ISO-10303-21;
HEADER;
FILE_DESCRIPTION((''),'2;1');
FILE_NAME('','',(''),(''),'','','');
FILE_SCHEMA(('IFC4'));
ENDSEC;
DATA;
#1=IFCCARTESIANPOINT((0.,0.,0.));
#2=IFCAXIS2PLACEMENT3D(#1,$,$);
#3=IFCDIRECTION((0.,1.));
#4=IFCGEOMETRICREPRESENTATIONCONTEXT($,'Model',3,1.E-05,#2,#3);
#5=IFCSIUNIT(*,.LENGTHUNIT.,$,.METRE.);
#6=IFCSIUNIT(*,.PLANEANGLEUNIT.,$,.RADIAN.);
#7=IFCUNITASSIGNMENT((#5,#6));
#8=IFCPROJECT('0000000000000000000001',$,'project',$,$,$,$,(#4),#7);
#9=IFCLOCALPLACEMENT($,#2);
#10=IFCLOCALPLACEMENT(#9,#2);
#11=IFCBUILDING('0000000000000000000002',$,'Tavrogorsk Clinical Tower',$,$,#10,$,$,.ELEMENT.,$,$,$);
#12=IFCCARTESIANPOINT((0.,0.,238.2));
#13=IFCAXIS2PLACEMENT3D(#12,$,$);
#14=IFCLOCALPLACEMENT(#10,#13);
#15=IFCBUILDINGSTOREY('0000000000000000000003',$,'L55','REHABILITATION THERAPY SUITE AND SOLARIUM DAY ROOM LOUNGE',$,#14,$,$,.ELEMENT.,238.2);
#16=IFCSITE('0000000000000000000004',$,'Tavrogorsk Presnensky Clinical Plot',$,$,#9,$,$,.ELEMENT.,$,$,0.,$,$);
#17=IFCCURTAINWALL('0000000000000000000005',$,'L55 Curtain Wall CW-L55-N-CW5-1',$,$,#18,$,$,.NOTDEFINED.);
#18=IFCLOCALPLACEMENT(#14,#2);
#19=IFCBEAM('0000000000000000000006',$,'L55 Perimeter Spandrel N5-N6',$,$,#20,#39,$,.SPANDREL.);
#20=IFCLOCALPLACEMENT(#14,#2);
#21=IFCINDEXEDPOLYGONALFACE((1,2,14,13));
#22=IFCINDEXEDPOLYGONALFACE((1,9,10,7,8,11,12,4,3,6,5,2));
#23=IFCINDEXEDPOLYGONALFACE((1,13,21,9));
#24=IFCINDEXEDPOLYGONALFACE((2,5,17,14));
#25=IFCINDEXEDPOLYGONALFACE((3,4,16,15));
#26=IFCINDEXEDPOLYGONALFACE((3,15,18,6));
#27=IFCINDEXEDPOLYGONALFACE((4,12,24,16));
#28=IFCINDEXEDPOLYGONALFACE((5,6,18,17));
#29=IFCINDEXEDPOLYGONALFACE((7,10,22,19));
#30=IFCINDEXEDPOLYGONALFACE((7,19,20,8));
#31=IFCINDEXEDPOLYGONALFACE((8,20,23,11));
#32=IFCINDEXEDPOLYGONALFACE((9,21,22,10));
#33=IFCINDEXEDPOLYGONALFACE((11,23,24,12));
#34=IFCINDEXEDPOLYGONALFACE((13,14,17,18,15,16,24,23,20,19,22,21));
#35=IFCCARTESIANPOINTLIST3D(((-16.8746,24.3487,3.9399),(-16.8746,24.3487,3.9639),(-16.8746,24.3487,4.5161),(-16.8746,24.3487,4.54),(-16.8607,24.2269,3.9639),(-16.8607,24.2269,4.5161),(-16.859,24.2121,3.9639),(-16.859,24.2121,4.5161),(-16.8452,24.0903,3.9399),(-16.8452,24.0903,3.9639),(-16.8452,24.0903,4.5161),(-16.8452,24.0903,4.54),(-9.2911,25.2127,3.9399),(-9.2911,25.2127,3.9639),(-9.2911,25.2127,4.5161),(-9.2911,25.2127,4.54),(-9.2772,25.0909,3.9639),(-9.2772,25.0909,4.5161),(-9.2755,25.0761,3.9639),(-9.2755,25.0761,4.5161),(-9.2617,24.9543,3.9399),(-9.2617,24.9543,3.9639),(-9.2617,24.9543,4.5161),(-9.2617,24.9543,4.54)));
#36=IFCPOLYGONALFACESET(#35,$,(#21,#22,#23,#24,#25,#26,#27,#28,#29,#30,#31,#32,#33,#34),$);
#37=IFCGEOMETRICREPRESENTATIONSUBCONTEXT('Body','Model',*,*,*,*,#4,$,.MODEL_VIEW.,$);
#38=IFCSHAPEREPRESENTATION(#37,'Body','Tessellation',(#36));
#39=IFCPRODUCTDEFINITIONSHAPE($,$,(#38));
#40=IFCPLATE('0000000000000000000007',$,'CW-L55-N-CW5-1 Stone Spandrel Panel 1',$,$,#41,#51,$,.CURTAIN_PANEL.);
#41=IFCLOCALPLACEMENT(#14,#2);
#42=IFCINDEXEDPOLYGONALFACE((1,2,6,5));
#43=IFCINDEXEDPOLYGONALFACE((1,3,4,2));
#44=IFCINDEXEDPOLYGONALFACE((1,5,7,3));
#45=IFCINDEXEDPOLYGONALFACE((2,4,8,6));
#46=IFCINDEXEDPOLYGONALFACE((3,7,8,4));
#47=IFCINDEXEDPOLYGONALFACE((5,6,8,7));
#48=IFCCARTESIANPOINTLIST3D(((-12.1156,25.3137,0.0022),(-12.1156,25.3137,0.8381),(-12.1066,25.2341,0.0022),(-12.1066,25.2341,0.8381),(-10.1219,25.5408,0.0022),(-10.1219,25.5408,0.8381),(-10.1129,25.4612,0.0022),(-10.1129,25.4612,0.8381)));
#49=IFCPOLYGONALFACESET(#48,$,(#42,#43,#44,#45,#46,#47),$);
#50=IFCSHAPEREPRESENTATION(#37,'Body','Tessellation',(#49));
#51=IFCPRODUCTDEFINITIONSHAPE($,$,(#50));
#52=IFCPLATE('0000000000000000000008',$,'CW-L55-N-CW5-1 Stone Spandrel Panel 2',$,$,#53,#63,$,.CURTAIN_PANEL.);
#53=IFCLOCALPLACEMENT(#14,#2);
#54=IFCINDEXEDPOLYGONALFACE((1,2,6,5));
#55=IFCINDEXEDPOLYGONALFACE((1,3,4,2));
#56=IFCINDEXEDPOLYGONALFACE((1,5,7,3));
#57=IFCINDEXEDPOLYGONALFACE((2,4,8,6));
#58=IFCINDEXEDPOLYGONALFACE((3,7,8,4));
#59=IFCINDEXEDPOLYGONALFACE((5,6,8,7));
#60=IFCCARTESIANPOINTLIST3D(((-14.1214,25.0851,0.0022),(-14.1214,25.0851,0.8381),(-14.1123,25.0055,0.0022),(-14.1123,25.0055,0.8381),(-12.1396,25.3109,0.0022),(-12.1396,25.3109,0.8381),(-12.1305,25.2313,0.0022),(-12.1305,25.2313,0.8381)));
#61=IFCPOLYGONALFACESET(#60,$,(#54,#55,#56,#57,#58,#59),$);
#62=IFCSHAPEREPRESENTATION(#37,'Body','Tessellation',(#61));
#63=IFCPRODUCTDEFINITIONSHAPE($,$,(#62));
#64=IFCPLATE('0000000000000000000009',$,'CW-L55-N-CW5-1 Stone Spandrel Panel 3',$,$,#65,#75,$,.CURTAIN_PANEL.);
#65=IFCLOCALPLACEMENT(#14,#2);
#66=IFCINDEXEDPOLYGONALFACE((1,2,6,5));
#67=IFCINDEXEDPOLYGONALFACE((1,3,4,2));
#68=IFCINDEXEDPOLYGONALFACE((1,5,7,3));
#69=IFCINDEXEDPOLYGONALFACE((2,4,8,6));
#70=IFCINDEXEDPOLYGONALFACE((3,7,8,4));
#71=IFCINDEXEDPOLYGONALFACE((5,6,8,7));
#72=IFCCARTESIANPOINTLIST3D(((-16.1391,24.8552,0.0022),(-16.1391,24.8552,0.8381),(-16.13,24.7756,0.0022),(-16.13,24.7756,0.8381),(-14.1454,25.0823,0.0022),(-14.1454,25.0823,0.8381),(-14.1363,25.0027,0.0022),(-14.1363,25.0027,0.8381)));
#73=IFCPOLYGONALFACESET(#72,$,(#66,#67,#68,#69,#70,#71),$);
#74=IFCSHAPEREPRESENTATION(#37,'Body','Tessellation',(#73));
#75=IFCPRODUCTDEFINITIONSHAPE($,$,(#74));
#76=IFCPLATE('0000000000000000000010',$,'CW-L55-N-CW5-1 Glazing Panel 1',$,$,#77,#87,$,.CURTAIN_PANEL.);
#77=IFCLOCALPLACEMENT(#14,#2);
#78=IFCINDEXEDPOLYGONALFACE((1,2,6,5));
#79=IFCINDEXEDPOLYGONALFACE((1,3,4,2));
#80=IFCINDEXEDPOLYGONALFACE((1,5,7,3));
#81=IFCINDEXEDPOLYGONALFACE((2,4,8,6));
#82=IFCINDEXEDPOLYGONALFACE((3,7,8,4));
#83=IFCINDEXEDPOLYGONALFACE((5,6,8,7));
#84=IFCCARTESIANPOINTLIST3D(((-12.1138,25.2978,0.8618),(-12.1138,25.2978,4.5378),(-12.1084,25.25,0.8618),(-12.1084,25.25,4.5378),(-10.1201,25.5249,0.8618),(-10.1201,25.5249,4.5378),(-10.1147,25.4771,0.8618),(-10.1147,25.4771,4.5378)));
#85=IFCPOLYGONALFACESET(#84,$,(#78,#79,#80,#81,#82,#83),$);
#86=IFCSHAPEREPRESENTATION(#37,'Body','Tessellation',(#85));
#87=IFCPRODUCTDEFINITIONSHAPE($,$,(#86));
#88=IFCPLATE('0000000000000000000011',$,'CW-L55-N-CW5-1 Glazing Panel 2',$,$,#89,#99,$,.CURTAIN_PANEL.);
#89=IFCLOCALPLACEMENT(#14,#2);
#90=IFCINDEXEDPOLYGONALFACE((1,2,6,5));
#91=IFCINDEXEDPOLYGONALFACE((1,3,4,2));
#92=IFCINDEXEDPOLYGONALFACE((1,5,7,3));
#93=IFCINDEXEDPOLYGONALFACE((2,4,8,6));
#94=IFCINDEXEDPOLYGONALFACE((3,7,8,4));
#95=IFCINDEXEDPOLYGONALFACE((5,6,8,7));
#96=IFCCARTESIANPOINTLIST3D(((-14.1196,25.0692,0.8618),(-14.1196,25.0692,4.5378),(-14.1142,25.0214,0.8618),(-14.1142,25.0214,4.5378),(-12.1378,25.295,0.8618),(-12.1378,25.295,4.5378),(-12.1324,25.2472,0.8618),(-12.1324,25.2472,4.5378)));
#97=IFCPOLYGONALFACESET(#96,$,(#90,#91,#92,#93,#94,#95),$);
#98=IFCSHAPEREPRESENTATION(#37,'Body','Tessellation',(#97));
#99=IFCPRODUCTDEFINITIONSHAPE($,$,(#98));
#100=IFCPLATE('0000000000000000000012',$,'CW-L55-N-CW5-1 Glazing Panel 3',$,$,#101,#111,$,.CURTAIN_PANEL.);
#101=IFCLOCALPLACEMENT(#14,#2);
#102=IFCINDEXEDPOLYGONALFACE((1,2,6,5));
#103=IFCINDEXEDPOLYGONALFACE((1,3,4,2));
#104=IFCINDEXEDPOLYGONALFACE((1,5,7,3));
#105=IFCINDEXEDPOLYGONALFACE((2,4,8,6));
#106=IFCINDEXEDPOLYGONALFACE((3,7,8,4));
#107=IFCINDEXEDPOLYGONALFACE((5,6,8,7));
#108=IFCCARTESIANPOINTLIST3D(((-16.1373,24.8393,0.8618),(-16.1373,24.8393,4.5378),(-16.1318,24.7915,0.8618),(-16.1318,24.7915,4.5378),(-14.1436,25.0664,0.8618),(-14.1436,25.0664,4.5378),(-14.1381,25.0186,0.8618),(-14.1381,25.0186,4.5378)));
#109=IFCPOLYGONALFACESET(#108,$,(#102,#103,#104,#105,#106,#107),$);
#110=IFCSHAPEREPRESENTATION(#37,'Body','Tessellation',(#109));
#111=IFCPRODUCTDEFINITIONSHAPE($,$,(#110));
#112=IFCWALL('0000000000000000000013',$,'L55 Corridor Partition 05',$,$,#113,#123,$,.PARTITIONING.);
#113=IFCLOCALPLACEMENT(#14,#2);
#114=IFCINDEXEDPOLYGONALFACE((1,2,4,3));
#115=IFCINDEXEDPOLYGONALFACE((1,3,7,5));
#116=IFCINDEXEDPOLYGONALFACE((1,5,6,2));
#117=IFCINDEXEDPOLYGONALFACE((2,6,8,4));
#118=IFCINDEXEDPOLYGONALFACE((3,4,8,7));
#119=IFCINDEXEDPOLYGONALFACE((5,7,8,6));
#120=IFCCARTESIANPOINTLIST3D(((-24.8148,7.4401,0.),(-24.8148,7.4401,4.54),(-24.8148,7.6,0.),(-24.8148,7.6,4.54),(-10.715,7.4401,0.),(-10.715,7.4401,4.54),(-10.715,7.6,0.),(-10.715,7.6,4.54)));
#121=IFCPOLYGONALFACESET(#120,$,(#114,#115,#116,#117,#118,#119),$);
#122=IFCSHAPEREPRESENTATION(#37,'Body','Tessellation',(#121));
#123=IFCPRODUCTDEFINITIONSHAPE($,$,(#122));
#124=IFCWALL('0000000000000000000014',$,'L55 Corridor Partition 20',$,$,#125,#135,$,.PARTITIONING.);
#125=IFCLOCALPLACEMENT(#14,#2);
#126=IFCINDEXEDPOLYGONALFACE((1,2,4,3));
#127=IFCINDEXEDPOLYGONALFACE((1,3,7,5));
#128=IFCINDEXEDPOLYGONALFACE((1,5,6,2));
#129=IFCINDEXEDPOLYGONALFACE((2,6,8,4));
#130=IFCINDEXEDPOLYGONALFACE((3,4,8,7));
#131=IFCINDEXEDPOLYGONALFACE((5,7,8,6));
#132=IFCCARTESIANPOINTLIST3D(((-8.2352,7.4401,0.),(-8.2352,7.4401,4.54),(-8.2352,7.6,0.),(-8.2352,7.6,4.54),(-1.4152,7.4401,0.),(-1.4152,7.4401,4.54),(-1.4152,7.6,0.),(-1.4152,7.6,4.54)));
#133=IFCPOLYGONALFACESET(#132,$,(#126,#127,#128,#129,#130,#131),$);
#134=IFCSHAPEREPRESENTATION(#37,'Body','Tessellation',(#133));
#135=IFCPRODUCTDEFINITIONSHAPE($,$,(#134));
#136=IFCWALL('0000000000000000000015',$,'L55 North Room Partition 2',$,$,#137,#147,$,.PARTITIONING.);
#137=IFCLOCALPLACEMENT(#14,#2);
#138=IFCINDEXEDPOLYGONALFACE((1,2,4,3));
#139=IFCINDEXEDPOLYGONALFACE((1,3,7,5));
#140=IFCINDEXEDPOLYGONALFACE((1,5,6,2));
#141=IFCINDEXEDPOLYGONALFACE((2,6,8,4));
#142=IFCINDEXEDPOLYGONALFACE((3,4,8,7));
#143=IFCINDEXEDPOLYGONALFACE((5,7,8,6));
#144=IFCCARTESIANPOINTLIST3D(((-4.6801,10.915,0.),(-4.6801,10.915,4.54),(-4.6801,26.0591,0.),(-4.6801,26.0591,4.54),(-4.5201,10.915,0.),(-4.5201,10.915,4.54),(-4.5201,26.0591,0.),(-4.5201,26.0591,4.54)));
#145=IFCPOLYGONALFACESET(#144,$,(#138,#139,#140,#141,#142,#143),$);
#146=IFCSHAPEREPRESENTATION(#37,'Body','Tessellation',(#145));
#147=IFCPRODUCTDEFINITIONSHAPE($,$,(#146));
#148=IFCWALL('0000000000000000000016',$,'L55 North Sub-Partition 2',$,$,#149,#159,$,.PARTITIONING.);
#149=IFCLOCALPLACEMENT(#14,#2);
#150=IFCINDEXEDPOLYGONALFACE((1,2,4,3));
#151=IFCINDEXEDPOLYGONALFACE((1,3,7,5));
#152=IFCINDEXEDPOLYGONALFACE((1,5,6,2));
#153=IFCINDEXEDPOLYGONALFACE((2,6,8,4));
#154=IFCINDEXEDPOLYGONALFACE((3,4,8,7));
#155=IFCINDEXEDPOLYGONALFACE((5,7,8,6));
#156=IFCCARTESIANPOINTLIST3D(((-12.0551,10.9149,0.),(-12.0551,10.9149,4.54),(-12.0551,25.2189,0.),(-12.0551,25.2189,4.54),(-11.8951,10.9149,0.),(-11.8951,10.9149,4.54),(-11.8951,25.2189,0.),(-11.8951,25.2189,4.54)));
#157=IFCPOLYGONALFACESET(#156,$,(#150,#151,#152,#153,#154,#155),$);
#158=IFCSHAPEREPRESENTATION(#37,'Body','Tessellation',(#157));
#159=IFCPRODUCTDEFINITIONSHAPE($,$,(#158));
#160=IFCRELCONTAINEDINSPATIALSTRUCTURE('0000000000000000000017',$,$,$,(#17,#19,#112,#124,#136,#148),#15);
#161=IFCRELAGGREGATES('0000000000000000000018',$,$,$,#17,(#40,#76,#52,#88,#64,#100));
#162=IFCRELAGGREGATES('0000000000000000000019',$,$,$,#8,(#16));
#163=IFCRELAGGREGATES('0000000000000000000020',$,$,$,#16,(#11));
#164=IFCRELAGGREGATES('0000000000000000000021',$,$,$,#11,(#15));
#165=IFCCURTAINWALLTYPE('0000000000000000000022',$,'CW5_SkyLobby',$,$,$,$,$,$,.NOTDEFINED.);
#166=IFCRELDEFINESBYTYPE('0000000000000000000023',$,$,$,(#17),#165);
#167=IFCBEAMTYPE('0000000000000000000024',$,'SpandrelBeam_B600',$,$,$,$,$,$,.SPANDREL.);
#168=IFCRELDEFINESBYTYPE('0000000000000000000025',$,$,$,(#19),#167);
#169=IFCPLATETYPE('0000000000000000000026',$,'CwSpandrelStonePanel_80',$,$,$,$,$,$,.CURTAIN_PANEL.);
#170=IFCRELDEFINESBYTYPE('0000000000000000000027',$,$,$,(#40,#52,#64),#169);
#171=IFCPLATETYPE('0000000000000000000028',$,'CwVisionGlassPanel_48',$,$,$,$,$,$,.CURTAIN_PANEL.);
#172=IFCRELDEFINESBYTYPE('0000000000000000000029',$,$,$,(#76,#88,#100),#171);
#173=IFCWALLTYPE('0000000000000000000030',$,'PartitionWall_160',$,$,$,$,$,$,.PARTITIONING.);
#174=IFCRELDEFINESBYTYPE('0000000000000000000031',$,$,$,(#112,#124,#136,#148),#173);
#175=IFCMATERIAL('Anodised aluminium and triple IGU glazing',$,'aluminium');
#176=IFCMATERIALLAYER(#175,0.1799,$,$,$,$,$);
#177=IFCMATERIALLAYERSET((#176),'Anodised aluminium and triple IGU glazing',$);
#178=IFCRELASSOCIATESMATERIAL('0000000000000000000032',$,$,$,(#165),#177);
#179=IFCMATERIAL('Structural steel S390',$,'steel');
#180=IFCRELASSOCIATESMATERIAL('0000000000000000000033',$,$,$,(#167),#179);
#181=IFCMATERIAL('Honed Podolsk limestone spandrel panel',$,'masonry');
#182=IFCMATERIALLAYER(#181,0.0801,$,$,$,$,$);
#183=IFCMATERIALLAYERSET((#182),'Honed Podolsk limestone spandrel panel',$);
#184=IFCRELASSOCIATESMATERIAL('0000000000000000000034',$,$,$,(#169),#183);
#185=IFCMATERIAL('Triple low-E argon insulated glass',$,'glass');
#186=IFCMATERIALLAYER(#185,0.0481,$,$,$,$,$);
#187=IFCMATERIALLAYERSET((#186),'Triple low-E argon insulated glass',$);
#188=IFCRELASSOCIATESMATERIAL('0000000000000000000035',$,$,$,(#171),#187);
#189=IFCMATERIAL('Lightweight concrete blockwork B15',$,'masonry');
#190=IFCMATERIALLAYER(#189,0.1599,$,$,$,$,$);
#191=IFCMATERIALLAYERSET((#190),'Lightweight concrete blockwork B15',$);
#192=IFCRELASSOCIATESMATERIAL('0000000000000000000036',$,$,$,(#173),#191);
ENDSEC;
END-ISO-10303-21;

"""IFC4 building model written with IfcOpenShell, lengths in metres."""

from ifc_helpers import new_model, si_unit, direction, frame, frame_2d, origin, origin_2d, place, context, subcontext, project, spatial, rectangle, i_section, extrude, material, layer, layer_set, material_profile, profile_set, type_object, element, aggregate, save


model = new_model("IFC4")

# Units and contexts
model_context = context("Model", 3, precision=1e-05, world=origin(), true_north=direction((0.0, 1.0)))
body_context = subcontext(model_context, "Body", "Model", "MODEL_VIEW")
ifc_project = project(units=[si_unit("LENGTHUNIT", "METRE"), si_unit("PLANEANGLEUNIT", "RADIAN")], contexts=[model_context])

# Site, building, storey
site_placement = place(None, origin())
site = spatial("IfcSite", under=ifc_project, at=site_placement, Name="Tavrogorsk Presnensky Clinical Plot", CompositionType="ELEMENT", RefElevation=0.0)
building_placement = place(site_placement, origin())
building = spatial("IfcBuilding", under=site, at=building_placement, Name="Tavrogorsk Clinical Tower", CompositionType="ELEMENT")
storey_placement = place(building_placement, frame((0.0, 0.0, 238.2)))
storey = spatial("IfcBuildingStorey", under=building, at=storey_placement, Name="L55", Description="REHABILITATION THERAPY SUITE AND SOLARIUM DAY ROOM LOUNGE", CompositionType="ELEMENT", Elevation=238.2)

# Curtain wall
ifc_material_1 = material(Name="Anodised aluminium and triple IGU glazing", Category="aluminium")
ifc_layer_1 = layer(ifc_material_1, 0.1799)
ifc_layer_set_1 = layer_set([ifc_layer_1], Name="Anodised aluminium and triple IGU glazing")
curtain_wall_type = type_object("IfcCurtainWallType", Name="CW5_SkyLobby", PredefinedType="NOTDEFINED", material=ifc_layer_set_1)
curtain_wall_placement = place(storey_placement, origin())
curtain_wall = element("IfcCurtainWall", 1, at=curtain_wall_placement, inside=storey, type_object=curtain_wall_type, Name="L55 Curtain Wall CW-L55-N-CW5-1", PredefinedType="NOTDEFINED")

# Beam
ifc_material_2 = material(Name="Structural steel S390", Category="steel")
ifc_material_profile_1 = material_profile(ifc_material_2, i_section(OverallWidth=0.26, OverallDepth=0.6001, WebThickness=0.0149, FlangeThickness=0.0239, at=origin_2d()), Name="B-600x260x15x24")
ifc_profile_set_1 = profile_set([ifc_material_profile_1], Name="Structural steel S390")
beam_type = type_object("IfcBeamType", Name="SpandrelBeam_B600", PredefinedType="SPANDREL", material=ifc_profile_set_1)
for number, where, z_axis, x_axis, name in (
    (2, (-9.2764, 25.0835, 4.24), (-0.993572, -0.113201, 0.0), (0.113201, -0.993572, 0.0), "L55 Perimeter Spandrel N5-N6"),
):
    element("IfcBeam", number, at=place(storey_placement, frame(where, z_axis=z_axis, x_axis=x_axis)), inside=storey, type_object=beam_type, Name=name, PredefinedType="SPANDREL", context=body_context, shape_type="SweptSolid", body=[
        extrude(i_section(OverallWidth=0.26, OverallDepth=0.6001, WebThickness=0.0149, FlangeThickness=0.0239, at=origin_2d()), origin(), (0.0, 0.0, 1.0), 7.6326),
    ])

# Plates
ifc_material_3 = material(Name="Honed Podolsk limestone spandrel panel", Category="masonry")
ifc_layer_2 = layer(ifc_material_3, 0.0801)
ifc_layer_set_2 = layer_set([ifc_layer_2], Name="Honed Podolsk limestone spandrel panel")
plate_type_1 = type_object("IfcPlateType", Name="CwSpandrelStonePanel_80", PredefinedType="CURTAIN_PANEL", material=ifc_layer_set_2)
plate_1_placement = place(storey_placement, frame((-11.1143, 25.3875, 0.0022), z_axis=(0.0, 0.0, 1.0), x_axis=(-0.993572, -0.113203, 0.0)))
plate_1 = element("IfcPlate", 3, at=plate_1_placement, type_object=plate_type_1, Name="CW-L55-N-CW5-1 Stone Spandrel Panel 1", PredefinedType="CURTAIN_PANEL", context=body_context, shape_type="SweptSolid", body=[
    extrude(rectangle(XDim=2.0066, YDim=0.0801, at=origin_2d()), origin(), (0.0, 0.0, 1.0), 0.8359),
])
plate_2_placement = place(storey_placement, frame((-13.126, 25.1582, 0.0022), z_axis=(0.0, 0.0, 1.0), x_axis=(-0.993572, -0.113203, 0.0)))
plate_2 = element("IfcPlate", 4, at=plate_2_placement, type_object=plate_type_1, Name="CW-L55-N-CW5-1 Stone Spandrel Panel 2", PredefinedType="CURTAIN_PANEL", context=body_context, shape_type="SweptSolid", body=[
    extrude(rectangle(XDim=1.9946, YDim=0.0801, at=origin_2d()), origin(), (0.0, 0.0, 1.0), 0.8359),
])
plate_3_placement = place(storey_placement, frame((-15.1377, 24.929, 0.0022), z_axis=(0.0, 0.0, 1.0), x_axis=(-0.993572, -0.113203, 0.0)))
plate_3 = element("IfcPlate", 5, at=plate_3_placement, type_object=plate_type_1, Name="CW-L55-N-CW5-1 Stone Spandrel Panel 3", PredefinedType="CURTAIN_PANEL", context=body_context, shape_type="SweptSolid", body=[
    extrude(rectangle(XDim=2.0066, YDim=0.0801, at=origin_2d()), origin(), (0.0, 0.0, 1.0), 0.8359),
])
ifc_material_4 = material(Name="Triple low-E argon insulated glass", Category="glass")
ifc_layer_3 = layer(ifc_material_4, 0.0481)
ifc_layer_set_3 = layer_set([ifc_layer_3], Name="Triple low-E argon insulated glass")
plate_type_2 = type_object("IfcPlateType", Name="CwVisionGlassPanel_48", PredefinedType="CURTAIN_PANEL", material=ifc_layer_set_3)
plate_4_placement = place(storey_placement, frame((-11.1143, 25.3875, 0.8618), z_axis=(0.0, 0.0, 1.0), x_axis=(-0.993572, -0.113203, 0.0)))
plate_4 = element("IfcPlate", 6, at=plate_4_placement, type_object=plate_type_2, Name="CW-L55-N-CW5-1 Glazing Panel 1", PredefinedType="CURTAIN_PANEL", context=body_context, shape_type="SweptSolid", body=[
    extrude(rectangle(XDim=2.0066, YDim=0.0481, at=origin_2d()), origin(), (0.0, 0.0, 1.0), 3.676),
])
plate_5_placement = place(storey_placement, frame((-13.126, 25.1582, 0.8618), z_axis=(0.0, 0.0, 1.0), x_axis=(-0.993572, -0.113203, 0.0)))
plate_5 = element("IfcPlate", 7, at=plate_5_placement, type_object=plate_type_2, Name="CW-L55-N-CW5-1 Glazing Panel 2", PredefinedType="CURTAIN_PANEL", context=body_context, shape_type="SweptSolid", body=[
    extrude(rectangle(XDim=1.9946, YDim=0.0481, at=origin_2d()), origin(), (0.0, 0.0, 1.0), 3.676),
])
plate_6_placement = place(storey_placement, frame((-15.1377, 24.929, 0.8618), z_axis=(0.0, 0.0, 1.0), x_axis=(-0.993572, -0.113203, 0.0)))
plate_6 = element("IfcPlate", 8, at=plate_6_placement, type_object=plate_type_2, Name="CW-L55-N-CW5-1 Glazing Panel 3", PredefinedType="CURTAIN_PANEL", context=body_context, shape_type="SweptSolid", body=[
    extrude(rectangle(XDim=2.0066, YDim=0.0481, at=origin_2d()), origin(), (0.0, 0.0, 1.0), 3.676),
])
aggregate(curtain_wall, [plate_1, plate_4, plate_2, plate_5, plate_3, plate_6])

# Walls
ifc_material_5 = material(Name="Lightweight concrete blockwork B15", Category="masonry")
ifc_layer_4 = layer(ifc_material_5, 0.1599)
ifc_layer_set_4 = layer_set([ifc_layer_4], Name="Lightweight concrete blockwork B15")
wall_type = type_object("IfcWallType", Name="PartitionWall_160", PredefinedType="PARTITIONING", material=ifc_layer_set_4)
wall_1_placement = place(storey_placement, frame((-10.7151, 7.52, 0.0), z_axis=(0.0, 0.0, 1.0), x_axis=(-1.0, 0.0, 0.0)))
element("IfcWall", 9, at=wall_1_placement, inside=storey, type_object=wall_type, Name="L55 Corridor Partition 05", PredefinedType="PARTITIONING", context=body_context, shape_type="SweptSolid", body=[
    extrude(rectangle(XDim=14.0999, YDim=0.1599, at=frame_2d((7.0498, 0.0))), origin(), (0.0, 0.0, 1.0), 4.54),
])
wall_2_placement = place(storey_placement, frame((-1.415, 7.52, 0.0), z_axis=(0.0, 0.0, 1.0), x_axis=(-1.0, 0.0, 0.0)))
element("IfcWall", 10, at=wall_2_placement, inside=storey, type_object=wall_type, Name="L55 Corridor Partition 20", PredefinedType="PARTITIONING", context=body_context, shape_type="SweptSolid", body=[
    extrude(rectangle(XDim=6.8201, YDim=0.1599, at=frame_2d((3.4102, 0.0))), origin(), (0.0, 0.0, 1.0), 4.54),
])
wall_3_placement = place(storey_placement, frame((-4.6001, 10.915, 0.0), z_axis=(0.0, 0.0, 1.0), x_axis=(0.0, 1.0, 0.0)))
element("IfcWall", 11, at=wall_3_placement, inside=storey, type_object=wall_type, Name="L55 North Room Partition 2", PredefinedType="PARTITIONING", context=body_context, shape_type="SweptSolid", body=[
    extrude(rectangle(XDim=15.144, YDim=0.1599, at=frame_2d((7.572, 0.0))), origin(), (0.0, 0.0, 1.0), 4.54),
])
wall_4_placement = place(storey_placement, frame((-11.9751, 10.915, 0.0), z_axis=(0.0, 0.0, 1.0), x_axis=(0.0, 1.0, 0.0)))
element("IfcWall", 12, at=wall_4_placement, inside=storey, type_object=wall_type, Name="L55 North Sub-Partition 2", PredefinedType="PARTITIONING", context=body_context, shape_type="SweptSolid", body=[
    extrude(rectangle(XDim=14.304, YDim=0.1599, at=frame_2d((7.1519, 0.0))), origin(), (0.0, 0.0, 1.0), 4.54),
])

save(model, "model.ifc")
